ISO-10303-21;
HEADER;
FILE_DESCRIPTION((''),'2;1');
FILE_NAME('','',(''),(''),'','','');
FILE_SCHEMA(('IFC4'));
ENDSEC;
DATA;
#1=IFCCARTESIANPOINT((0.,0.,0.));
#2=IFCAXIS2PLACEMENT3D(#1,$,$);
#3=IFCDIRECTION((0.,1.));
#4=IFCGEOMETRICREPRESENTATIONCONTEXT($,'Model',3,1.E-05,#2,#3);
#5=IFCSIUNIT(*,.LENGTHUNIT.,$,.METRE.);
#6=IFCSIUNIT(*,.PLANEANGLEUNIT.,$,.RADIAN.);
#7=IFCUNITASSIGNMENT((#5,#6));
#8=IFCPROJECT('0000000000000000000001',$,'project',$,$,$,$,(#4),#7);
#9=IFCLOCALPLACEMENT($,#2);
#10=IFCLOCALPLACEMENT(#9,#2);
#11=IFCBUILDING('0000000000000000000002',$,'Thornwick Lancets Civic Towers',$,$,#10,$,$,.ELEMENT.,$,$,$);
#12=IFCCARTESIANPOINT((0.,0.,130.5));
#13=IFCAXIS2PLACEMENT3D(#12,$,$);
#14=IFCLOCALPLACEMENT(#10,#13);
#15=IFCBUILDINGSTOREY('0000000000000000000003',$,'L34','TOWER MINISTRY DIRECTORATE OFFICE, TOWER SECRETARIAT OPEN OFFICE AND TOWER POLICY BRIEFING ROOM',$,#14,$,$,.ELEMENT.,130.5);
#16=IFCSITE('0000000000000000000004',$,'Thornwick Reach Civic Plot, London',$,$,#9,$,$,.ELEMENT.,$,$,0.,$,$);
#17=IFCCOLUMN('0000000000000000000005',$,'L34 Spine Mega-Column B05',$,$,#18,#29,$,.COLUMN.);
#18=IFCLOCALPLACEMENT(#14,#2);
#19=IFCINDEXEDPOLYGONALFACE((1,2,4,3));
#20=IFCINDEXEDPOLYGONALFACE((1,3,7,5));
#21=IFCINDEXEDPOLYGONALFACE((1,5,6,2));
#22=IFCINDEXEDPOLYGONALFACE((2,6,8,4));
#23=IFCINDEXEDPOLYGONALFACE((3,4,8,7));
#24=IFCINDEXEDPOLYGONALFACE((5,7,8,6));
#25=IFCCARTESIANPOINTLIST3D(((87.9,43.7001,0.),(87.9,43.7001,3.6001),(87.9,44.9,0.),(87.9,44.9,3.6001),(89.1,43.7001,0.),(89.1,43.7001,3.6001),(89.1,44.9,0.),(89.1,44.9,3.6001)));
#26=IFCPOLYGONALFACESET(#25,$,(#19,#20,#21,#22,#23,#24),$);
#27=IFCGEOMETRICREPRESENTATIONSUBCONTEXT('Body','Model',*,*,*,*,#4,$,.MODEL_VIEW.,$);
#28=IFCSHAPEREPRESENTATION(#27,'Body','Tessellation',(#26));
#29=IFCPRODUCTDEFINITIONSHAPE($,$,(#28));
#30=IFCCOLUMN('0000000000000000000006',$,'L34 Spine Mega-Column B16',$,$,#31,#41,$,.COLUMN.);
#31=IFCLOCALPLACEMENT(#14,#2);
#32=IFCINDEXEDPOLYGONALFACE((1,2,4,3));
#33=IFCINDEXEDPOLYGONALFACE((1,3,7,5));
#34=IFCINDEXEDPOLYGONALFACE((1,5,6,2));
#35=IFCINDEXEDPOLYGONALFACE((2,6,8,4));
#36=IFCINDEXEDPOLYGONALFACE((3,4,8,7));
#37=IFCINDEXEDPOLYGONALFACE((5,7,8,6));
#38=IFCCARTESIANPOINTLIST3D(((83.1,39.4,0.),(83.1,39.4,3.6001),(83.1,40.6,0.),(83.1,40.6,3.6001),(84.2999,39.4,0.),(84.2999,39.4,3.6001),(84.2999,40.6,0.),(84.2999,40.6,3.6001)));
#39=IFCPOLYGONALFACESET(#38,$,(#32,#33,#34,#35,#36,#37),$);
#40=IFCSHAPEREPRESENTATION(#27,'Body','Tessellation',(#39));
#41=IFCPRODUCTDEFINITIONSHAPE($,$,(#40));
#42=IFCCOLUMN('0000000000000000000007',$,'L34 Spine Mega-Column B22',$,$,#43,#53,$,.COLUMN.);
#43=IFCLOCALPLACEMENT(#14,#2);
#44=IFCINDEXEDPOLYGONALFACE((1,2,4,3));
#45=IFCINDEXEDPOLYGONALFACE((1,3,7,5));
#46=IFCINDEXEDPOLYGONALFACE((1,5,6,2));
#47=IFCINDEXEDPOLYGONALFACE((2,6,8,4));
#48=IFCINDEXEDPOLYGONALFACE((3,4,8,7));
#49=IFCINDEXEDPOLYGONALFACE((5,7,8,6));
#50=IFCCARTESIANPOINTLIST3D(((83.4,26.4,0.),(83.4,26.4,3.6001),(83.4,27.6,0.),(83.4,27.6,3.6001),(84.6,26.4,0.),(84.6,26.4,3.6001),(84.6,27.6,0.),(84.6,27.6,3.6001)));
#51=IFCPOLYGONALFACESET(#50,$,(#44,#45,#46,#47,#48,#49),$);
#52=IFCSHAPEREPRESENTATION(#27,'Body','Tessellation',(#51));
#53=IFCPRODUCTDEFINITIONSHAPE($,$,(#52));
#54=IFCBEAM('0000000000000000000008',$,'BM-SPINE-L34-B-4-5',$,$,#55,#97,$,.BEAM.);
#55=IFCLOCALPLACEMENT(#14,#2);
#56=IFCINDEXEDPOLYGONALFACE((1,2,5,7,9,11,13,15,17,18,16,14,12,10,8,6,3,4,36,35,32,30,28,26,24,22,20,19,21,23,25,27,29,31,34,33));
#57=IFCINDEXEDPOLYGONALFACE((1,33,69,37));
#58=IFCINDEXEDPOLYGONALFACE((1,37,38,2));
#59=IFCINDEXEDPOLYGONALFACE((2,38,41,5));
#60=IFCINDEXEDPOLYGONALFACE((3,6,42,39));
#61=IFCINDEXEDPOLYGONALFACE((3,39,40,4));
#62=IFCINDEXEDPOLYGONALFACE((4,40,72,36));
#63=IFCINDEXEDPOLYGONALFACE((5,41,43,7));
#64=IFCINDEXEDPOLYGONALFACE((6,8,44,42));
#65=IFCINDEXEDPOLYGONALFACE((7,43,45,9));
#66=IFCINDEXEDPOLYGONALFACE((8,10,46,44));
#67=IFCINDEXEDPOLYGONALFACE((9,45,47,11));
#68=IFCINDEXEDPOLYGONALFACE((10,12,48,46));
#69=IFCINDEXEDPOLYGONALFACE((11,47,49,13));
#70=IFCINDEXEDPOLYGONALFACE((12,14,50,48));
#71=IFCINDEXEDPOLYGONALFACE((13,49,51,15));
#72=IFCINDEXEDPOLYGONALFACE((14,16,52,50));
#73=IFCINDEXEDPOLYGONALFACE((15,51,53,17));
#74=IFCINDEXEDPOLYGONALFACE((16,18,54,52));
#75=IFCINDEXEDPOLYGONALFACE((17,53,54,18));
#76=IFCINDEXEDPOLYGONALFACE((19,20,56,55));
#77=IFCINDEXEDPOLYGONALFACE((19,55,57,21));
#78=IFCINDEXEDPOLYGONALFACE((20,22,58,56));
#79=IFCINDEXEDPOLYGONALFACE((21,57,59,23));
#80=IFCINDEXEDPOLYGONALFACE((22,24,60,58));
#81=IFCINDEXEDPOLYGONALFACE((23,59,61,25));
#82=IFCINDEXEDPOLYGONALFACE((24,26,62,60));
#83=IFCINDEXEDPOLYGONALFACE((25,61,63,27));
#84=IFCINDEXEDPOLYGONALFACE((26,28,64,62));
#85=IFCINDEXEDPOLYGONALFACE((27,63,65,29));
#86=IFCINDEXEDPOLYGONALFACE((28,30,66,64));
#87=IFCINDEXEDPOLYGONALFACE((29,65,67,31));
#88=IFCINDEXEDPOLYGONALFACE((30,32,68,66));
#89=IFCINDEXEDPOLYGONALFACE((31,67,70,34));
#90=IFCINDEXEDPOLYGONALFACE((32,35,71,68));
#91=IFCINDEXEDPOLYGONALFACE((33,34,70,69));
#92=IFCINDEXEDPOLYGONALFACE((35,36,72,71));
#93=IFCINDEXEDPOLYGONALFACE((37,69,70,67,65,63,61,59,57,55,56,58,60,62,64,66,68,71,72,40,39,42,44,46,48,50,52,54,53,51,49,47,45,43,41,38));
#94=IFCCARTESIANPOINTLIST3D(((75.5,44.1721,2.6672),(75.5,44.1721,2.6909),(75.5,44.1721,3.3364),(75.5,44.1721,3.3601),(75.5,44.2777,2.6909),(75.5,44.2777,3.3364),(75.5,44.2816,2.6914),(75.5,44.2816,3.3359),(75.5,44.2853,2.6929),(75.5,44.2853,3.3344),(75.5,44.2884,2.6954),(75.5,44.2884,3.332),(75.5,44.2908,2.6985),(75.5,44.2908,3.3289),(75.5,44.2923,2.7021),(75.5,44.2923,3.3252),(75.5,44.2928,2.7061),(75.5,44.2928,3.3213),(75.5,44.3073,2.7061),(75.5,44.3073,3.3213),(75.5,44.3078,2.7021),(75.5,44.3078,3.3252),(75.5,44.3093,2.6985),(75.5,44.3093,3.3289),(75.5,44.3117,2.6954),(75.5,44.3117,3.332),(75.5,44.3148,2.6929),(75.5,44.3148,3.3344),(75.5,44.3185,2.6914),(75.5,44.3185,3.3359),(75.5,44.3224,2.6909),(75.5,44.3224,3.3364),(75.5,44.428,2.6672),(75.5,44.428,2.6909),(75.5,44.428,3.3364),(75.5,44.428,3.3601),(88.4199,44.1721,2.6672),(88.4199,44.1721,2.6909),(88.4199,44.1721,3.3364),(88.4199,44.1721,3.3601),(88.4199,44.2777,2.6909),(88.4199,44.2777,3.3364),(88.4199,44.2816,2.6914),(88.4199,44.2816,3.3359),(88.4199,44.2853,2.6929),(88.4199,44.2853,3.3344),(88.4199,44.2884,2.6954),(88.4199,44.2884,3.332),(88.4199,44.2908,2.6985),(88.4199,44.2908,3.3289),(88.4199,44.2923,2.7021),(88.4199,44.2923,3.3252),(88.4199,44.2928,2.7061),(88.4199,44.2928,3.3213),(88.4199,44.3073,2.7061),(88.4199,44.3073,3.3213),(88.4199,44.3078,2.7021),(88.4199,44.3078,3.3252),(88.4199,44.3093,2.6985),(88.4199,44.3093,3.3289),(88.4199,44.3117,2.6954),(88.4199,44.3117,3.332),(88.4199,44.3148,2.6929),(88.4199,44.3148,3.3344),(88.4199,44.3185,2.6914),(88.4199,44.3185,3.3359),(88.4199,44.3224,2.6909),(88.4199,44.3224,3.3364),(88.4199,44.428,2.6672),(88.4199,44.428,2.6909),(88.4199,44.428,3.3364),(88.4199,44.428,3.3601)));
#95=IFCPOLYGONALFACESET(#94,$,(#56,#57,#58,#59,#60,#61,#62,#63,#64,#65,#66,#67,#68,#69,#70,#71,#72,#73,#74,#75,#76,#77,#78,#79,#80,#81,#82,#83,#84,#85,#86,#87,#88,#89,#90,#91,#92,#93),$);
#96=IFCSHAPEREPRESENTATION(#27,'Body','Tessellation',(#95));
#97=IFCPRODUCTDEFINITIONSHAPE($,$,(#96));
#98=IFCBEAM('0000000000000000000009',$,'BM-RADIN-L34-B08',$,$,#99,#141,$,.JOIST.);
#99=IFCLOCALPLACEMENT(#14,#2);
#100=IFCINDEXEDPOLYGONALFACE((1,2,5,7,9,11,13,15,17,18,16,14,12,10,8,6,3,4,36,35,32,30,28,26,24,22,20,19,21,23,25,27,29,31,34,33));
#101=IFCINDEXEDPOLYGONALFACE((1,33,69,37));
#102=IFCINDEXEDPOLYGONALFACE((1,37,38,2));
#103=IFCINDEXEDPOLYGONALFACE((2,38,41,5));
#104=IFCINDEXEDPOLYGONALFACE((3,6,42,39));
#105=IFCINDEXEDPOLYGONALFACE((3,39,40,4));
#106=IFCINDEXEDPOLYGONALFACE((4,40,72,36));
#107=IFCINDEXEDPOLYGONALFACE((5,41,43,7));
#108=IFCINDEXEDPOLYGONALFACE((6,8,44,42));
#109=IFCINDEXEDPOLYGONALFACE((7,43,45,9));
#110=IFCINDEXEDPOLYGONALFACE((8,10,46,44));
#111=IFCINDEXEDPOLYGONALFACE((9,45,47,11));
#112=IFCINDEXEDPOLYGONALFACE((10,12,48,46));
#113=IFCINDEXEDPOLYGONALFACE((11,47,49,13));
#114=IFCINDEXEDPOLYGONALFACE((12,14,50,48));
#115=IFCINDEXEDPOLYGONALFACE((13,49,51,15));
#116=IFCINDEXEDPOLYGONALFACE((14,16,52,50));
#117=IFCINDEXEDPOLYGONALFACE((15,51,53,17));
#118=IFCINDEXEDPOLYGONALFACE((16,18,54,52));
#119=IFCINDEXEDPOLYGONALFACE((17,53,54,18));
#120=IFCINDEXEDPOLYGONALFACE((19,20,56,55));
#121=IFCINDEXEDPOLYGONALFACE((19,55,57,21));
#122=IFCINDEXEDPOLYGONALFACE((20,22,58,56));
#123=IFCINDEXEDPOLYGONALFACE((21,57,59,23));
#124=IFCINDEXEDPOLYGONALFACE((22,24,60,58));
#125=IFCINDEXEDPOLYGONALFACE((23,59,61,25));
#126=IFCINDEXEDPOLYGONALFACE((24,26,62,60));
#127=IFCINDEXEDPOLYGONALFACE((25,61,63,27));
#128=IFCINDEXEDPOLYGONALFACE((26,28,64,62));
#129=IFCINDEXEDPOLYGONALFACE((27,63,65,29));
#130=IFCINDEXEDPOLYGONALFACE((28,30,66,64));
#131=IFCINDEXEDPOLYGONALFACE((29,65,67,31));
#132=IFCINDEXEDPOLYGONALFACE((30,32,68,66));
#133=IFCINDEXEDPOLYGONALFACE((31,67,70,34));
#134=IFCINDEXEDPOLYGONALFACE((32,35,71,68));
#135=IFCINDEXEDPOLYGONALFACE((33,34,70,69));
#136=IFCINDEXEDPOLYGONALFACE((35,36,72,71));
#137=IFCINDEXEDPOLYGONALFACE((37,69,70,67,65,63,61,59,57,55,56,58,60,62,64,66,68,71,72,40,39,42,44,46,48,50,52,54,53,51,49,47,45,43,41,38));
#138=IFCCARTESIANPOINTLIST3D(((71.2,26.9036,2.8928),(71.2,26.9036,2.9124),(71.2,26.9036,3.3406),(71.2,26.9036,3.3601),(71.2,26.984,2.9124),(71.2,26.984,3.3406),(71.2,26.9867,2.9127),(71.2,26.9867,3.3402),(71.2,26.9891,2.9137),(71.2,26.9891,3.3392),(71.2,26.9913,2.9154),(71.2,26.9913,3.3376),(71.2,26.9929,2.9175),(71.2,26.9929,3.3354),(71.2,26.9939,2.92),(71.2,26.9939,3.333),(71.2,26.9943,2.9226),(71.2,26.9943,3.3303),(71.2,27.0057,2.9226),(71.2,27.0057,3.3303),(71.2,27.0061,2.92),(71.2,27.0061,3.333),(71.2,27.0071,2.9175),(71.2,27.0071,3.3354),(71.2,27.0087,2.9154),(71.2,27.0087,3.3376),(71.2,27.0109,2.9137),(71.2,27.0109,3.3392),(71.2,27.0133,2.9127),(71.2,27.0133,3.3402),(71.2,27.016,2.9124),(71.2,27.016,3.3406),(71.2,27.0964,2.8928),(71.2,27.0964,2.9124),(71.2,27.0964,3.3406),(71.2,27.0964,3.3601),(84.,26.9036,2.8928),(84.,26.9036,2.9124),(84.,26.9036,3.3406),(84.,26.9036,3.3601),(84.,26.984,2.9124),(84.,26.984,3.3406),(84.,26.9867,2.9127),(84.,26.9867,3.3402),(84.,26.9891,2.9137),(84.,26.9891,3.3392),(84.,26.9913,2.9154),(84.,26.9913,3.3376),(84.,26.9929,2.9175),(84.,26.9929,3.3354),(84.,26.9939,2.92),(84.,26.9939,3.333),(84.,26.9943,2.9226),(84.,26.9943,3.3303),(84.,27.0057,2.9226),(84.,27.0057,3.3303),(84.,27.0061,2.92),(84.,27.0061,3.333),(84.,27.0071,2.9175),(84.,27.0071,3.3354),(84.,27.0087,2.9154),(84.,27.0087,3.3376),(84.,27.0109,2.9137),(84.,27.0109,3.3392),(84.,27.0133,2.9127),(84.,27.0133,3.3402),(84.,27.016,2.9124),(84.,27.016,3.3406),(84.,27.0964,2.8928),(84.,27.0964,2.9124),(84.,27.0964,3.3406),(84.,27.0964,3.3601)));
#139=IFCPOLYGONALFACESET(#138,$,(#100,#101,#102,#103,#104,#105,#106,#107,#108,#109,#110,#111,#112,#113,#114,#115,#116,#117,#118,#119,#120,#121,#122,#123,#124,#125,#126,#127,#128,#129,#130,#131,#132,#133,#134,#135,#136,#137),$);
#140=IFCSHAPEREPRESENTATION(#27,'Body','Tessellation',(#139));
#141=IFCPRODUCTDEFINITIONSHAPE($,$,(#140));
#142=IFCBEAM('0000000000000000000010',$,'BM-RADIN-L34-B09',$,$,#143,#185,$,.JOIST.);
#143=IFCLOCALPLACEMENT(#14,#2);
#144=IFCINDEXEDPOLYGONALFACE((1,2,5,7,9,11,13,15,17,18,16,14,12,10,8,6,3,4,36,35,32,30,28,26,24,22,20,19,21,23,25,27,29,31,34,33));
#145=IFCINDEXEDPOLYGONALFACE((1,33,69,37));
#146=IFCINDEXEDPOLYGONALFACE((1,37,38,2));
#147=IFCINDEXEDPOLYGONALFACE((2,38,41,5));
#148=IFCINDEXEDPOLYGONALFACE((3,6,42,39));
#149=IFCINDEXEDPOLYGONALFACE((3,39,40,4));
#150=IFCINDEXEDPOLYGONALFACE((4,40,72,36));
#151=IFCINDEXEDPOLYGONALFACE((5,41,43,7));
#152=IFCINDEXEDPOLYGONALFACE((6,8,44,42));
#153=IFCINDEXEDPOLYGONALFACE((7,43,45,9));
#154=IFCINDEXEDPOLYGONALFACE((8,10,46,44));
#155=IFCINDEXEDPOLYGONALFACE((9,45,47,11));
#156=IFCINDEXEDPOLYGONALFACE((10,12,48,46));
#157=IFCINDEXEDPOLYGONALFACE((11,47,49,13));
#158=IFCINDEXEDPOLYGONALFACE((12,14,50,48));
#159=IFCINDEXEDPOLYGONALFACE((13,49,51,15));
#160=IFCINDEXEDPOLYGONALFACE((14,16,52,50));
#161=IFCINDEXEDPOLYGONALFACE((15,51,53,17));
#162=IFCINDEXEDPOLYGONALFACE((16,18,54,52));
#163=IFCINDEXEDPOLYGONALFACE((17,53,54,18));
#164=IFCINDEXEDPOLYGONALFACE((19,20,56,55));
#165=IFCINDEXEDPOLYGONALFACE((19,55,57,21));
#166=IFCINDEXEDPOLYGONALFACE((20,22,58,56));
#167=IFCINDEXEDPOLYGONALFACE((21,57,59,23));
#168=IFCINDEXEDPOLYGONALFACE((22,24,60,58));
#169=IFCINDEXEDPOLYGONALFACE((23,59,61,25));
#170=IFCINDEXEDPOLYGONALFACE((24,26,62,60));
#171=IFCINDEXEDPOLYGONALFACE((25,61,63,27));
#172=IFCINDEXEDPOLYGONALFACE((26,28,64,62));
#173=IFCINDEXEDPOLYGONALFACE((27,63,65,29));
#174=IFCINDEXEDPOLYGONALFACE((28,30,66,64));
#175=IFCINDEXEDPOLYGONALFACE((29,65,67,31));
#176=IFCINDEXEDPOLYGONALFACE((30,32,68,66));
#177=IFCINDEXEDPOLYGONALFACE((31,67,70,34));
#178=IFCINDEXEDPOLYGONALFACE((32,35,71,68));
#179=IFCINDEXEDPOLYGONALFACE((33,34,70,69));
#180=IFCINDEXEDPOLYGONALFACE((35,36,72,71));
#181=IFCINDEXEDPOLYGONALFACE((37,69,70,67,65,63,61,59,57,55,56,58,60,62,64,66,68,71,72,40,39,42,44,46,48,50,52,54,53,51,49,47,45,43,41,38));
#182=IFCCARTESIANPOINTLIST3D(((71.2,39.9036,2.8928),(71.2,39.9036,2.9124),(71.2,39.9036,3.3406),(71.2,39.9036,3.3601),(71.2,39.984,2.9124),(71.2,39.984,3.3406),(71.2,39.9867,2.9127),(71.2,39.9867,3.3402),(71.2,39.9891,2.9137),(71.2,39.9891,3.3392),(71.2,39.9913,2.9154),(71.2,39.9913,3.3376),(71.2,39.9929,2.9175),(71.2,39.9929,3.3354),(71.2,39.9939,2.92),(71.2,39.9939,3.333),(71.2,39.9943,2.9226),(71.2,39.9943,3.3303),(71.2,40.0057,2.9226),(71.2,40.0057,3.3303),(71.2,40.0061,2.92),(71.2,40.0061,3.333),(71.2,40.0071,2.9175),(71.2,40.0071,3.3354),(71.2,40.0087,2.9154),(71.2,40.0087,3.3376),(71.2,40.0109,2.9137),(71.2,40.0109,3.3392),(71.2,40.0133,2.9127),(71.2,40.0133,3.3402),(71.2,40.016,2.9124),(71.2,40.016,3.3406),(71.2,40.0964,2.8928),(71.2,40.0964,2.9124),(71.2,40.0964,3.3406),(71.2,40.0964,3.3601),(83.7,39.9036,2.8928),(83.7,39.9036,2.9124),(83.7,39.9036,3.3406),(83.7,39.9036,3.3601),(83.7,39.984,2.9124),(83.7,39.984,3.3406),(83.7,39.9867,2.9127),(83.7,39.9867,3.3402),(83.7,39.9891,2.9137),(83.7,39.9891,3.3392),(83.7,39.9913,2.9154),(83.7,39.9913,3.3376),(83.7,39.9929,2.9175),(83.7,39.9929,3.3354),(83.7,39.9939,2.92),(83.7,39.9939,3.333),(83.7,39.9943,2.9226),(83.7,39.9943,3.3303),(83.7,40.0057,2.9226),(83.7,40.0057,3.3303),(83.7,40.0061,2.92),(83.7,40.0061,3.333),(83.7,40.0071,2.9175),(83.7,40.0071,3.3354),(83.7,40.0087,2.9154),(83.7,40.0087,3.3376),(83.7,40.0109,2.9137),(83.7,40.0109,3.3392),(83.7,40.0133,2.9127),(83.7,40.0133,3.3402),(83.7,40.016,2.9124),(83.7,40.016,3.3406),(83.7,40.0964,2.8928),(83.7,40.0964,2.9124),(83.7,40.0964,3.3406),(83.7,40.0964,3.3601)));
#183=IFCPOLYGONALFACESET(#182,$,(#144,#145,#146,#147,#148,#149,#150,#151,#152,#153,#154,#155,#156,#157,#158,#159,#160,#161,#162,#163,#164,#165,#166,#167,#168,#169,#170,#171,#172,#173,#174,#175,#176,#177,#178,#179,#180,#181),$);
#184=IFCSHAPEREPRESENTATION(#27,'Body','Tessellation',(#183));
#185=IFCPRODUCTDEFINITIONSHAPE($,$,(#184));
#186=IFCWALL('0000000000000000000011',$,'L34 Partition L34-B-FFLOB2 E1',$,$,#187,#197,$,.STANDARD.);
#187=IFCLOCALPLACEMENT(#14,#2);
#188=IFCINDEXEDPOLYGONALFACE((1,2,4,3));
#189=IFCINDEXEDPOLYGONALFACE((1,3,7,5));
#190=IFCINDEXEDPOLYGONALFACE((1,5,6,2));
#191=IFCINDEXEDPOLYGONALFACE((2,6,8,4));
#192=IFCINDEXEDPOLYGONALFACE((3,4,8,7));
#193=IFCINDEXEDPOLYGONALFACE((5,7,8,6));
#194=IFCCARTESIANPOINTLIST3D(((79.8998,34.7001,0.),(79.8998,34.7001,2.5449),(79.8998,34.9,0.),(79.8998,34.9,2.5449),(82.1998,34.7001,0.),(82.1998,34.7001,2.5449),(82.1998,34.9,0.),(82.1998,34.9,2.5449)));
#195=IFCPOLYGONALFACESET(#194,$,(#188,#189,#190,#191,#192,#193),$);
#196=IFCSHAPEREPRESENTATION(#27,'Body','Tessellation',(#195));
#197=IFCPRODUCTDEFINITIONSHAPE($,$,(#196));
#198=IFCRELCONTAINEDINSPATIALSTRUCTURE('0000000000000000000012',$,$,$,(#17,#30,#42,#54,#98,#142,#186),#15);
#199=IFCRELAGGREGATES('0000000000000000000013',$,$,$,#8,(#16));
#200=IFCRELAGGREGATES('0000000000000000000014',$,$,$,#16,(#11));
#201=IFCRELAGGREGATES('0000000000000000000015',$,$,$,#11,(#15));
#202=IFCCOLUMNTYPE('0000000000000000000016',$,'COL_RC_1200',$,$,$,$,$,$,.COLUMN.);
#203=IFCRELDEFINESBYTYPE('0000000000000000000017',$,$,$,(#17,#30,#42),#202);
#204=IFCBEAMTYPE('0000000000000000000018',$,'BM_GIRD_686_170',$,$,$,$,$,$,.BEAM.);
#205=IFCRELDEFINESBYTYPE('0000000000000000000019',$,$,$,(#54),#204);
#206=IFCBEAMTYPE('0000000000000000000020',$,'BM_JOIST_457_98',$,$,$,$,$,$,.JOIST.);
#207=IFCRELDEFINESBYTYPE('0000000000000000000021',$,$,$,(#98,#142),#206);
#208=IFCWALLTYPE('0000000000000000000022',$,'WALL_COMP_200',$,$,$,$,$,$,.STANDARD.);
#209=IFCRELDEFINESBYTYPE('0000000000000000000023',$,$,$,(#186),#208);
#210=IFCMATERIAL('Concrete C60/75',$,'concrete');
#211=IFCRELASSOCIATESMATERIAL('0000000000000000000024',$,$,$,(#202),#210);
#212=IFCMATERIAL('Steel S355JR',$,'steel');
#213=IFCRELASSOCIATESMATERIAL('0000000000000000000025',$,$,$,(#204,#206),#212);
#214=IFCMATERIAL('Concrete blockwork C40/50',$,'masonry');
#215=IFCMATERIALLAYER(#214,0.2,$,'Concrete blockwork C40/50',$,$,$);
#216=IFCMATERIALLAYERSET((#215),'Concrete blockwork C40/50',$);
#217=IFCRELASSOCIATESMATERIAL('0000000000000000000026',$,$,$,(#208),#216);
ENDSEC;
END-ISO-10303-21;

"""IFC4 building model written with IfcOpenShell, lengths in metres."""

from ifc_helpers import new_model, si_unit, direction, frame, frame_2d, origin, origin_2d, place, context, subcontext, project, spatial, rectangle, i_section, extrude, material, layer, layer_set, material_profile, profile_set, type_object, element, save


model = new_model("IFC4")

# Units and contexts
model_context = context("Model", 3, precision=1e-05, world=origin(), true_north=direction((0.0, 1.0)))
body_context = subcontext(model_context, "Body", "Model", "MODEL_VIEW")
ifc_project = project(units=[si_unit("LENGTHUNIT", "METRE"), si_unit("PLANEANGLEUNIT", "RADIAN")], contexts=[model_context])

# Site, building, storey
site_placement = place(None, origin())
site = spatial("IfcSite", under=ifc_project, at=site_placement, Name="Thornwick Reach Civic Plot, London", CompositionType="ELEMENT", RefElevation=0.0)
building_placement = place(site_placement, origin())
building = spatial("IfcBuilding", under=site, at=building_placement, Name="Thornwick Lancets Civic Towers", CompositionType="ELEMENT")
storey_placement = place(building_placement, frame((0.0, 0.0, 130.5)))
storey = spatial("IfcBuildingStorey", under=building, at=storey_placement, Name="L34", Description="TOWER MINISTRY DIRECTORATE OFFICE, TOWER SECRETARIAT OPEN OFFICE AND TOWER POLICY BRIEFING ROOM", CompositionType="ELEMENT", Elevation=130.5)

# Columns
ifc_material_1 = material(Name="Concrete C60/75", Category="concrete")
ifc_material_profile_1 = material_profile(ifc_material_1, rectangle(XDim=1.2, YDim=1.2, at=origin_2d()), Name="RC 1200x1200")
ifc_profile_set_1 = profile_set([ifc_material_profile_1], Name="Concrete C60/75")
column_type = type_object("IfcColumnType", Name="COL_RC_1200", PredefinedType="COLUMN", material=ifc_profile_set_1)
for number, where, z_axis, x_axis, name in (
    (1, (88.5, 44.3, 0.0), (0.0, 0.0, 1.0), (1.0, 0.0, 0.0), "L34 Spine Mega-Column B05"),
    (2, (83.7, 40.0, 0.0), (0.0, 0.0, 1.0), (1.0, 0.0, 0.0), "L34 Spine Mega-Column B16"),
    (3, (84.0, 27.0, 0.0), (0.0, 0.0, 1.0), (1.0, 0.0, 0.0), "L34 Spine Mega-Column B22"),
):
    element("IfcColumn", number, at=place(storey_placement, frame(where, z_axis=z_axis, x_axis=x_axis)), inside=storey, type_object=column_type, Name=name, PredefinedType="COLUMN", context=body_context, shape_type="SweptSolid", body=[
        extrude(rectangle(XDim=1.2, YDim=1.2, at=origin_2d()), origin(), (0.0, 0.0, 1.0), 3.6001),
    ])

# Beams
ifc_material_2 = material(Name="Steel S355JR", Category="steel")
ifc_material_profile_2 = material_profile(ifc_material_2, i_section(OverallWidth=0.2559, OverallDepth=0.6929, WebThickness=0.0144, FlangeThickness=0.0237, FilletRadius=0.0151, at=origin_2d()), Name="UKB 686x254x170")
ifc_profile_set_2 = profile_set([ifc_material_profile_2], Name="Steel S355JR")
beam_type_1 = type_object("IfcBeamType", Name="BM_GIRD_686_170", PredefinedType="BEAM", material=ifc_profile_set_2)
beam_1_placement = place(storey_placement, frame((88.4199, 44.3, 3.0137), z_axis=(-1.0, 0.0, 0.0), x_axis=(0.0, -1.0, 0.0)))
element("IfcBeam", 4, at=beam_1_placement, inside=storey, type_object=beam_type_1, Name="BM-SPINE-L34-B-4-5", PredefinedType="BEAM", context=body_context, shape_type="SweptSolid", body=[
    extrude(i_section(OverallWidth=0.2559, OverallDepth=0.6929, WebThickness=0.0144, FlangeThickness=0.0237, FilletRadius=0.0151, at=origin_2d()), origin(), (0.0, 0.0, 1.0), 12.9199),
])
ifc_material_profile_3 = material_profile(ifc_material_2, i_section(OverallWidth=0.1929, OverallDepth=0.4673, WebThickness=0.0115, FlangeThickness=0.0195, FilletRadius=0.0103, at=origin_2d()), Name="UKB 457x191x98")
ifc_profile_set_3 = profile_set([ifc_material_profile_3], Name="Steel S355JR")
beam_type_2 = type_object("IfcBeamType", Name="BM_JOIST_457_98", PredefinedType="JOIST", material=ifc_profile_set_3)
beam_2_placement = place(storey_placement, frame((84.0, 27.0, 3.1265), z_axis=(-1.0, 0.0, 0.0), x_axis=(0.0, -1.0, 0.0)))
element("IfcBeam", 5, at=beam_2_placement, inside=storey, type_object=beam_type_2, Name="BM-RADIN-L34-B08", PredefinedType="JOIST", context=body_context, shape_type="SweptSolid", body=[
    extrude(i_section(OverallWidth=0.1929, OverallDepth=0.4673, WebThickness=0.0115, FlangeThickness=0.0195, FilletRadius=0.0103, at=origin_2d()), origin(), (0.0, 0.0, 1.0), 12.8),
])
beam_3_placement = place(storey_placement, frame((83.7, 40.0, 3.1265), z_axis=(-1.0, 0.0, 0.0), x_axis=(0.0, -1.0, 0.0)))
element("IfcBeam", 6, at=beam_3_placement, inside=storey, type_object=beam_type_2, Name="BM-RADIN-L34-B09", PredefinedType="JOIST", context=body_context, shape_type="SweptSolid", body=[
    extrude(i_section(OverallWidth=0.1929, OverallDepth=0.4673, WebThickness=0.0115, FlangeThickness=0.0195, FilletRadius=0.0103, at=origin_2d()), origin(), (0.0, 0.0, 1.0), 12.5),
])

# Wall
ifc_material_3 = material(Name="Concrete blockwork C40/50", Category="masonry")
ifc_layer_1 = layer(ifc_material_3, 0.2, Name="Concrete blockwork C40/50")
ifc_layer_set_1 = layer_set([ifc_layer_1], Name="Concrete blockwork C40/50")
wall_type_1 = type_object("IfcWallType", Name="WALL_COMP_200", PredefinedType="STANDARD", material=ifc_layer_set_1)
wall_1_placement = place(storey_placement, frame((79.8999, 34.8, 0.0), z_axis=(0.0, 0.0, 1.0), x_axis=(1.0, 0.0, 0.0)))
element("IfcWall", 7, at=wall_1_placement, inside=storey, type_object=wall_type_1, Name="L34 Partition L34-B-FFLOB2 E1", PredefinedType="STANDARD", context=body_context, shape_type="SweptSolid", body=[
    extrude(rectangle(XDim=2.3, YDim=0.2, at=frame_2d((1.1499, 0.0))), origin(), (0.0, 0.0, 1.0), 2.5449),
])

save(model, "model.ifc")
